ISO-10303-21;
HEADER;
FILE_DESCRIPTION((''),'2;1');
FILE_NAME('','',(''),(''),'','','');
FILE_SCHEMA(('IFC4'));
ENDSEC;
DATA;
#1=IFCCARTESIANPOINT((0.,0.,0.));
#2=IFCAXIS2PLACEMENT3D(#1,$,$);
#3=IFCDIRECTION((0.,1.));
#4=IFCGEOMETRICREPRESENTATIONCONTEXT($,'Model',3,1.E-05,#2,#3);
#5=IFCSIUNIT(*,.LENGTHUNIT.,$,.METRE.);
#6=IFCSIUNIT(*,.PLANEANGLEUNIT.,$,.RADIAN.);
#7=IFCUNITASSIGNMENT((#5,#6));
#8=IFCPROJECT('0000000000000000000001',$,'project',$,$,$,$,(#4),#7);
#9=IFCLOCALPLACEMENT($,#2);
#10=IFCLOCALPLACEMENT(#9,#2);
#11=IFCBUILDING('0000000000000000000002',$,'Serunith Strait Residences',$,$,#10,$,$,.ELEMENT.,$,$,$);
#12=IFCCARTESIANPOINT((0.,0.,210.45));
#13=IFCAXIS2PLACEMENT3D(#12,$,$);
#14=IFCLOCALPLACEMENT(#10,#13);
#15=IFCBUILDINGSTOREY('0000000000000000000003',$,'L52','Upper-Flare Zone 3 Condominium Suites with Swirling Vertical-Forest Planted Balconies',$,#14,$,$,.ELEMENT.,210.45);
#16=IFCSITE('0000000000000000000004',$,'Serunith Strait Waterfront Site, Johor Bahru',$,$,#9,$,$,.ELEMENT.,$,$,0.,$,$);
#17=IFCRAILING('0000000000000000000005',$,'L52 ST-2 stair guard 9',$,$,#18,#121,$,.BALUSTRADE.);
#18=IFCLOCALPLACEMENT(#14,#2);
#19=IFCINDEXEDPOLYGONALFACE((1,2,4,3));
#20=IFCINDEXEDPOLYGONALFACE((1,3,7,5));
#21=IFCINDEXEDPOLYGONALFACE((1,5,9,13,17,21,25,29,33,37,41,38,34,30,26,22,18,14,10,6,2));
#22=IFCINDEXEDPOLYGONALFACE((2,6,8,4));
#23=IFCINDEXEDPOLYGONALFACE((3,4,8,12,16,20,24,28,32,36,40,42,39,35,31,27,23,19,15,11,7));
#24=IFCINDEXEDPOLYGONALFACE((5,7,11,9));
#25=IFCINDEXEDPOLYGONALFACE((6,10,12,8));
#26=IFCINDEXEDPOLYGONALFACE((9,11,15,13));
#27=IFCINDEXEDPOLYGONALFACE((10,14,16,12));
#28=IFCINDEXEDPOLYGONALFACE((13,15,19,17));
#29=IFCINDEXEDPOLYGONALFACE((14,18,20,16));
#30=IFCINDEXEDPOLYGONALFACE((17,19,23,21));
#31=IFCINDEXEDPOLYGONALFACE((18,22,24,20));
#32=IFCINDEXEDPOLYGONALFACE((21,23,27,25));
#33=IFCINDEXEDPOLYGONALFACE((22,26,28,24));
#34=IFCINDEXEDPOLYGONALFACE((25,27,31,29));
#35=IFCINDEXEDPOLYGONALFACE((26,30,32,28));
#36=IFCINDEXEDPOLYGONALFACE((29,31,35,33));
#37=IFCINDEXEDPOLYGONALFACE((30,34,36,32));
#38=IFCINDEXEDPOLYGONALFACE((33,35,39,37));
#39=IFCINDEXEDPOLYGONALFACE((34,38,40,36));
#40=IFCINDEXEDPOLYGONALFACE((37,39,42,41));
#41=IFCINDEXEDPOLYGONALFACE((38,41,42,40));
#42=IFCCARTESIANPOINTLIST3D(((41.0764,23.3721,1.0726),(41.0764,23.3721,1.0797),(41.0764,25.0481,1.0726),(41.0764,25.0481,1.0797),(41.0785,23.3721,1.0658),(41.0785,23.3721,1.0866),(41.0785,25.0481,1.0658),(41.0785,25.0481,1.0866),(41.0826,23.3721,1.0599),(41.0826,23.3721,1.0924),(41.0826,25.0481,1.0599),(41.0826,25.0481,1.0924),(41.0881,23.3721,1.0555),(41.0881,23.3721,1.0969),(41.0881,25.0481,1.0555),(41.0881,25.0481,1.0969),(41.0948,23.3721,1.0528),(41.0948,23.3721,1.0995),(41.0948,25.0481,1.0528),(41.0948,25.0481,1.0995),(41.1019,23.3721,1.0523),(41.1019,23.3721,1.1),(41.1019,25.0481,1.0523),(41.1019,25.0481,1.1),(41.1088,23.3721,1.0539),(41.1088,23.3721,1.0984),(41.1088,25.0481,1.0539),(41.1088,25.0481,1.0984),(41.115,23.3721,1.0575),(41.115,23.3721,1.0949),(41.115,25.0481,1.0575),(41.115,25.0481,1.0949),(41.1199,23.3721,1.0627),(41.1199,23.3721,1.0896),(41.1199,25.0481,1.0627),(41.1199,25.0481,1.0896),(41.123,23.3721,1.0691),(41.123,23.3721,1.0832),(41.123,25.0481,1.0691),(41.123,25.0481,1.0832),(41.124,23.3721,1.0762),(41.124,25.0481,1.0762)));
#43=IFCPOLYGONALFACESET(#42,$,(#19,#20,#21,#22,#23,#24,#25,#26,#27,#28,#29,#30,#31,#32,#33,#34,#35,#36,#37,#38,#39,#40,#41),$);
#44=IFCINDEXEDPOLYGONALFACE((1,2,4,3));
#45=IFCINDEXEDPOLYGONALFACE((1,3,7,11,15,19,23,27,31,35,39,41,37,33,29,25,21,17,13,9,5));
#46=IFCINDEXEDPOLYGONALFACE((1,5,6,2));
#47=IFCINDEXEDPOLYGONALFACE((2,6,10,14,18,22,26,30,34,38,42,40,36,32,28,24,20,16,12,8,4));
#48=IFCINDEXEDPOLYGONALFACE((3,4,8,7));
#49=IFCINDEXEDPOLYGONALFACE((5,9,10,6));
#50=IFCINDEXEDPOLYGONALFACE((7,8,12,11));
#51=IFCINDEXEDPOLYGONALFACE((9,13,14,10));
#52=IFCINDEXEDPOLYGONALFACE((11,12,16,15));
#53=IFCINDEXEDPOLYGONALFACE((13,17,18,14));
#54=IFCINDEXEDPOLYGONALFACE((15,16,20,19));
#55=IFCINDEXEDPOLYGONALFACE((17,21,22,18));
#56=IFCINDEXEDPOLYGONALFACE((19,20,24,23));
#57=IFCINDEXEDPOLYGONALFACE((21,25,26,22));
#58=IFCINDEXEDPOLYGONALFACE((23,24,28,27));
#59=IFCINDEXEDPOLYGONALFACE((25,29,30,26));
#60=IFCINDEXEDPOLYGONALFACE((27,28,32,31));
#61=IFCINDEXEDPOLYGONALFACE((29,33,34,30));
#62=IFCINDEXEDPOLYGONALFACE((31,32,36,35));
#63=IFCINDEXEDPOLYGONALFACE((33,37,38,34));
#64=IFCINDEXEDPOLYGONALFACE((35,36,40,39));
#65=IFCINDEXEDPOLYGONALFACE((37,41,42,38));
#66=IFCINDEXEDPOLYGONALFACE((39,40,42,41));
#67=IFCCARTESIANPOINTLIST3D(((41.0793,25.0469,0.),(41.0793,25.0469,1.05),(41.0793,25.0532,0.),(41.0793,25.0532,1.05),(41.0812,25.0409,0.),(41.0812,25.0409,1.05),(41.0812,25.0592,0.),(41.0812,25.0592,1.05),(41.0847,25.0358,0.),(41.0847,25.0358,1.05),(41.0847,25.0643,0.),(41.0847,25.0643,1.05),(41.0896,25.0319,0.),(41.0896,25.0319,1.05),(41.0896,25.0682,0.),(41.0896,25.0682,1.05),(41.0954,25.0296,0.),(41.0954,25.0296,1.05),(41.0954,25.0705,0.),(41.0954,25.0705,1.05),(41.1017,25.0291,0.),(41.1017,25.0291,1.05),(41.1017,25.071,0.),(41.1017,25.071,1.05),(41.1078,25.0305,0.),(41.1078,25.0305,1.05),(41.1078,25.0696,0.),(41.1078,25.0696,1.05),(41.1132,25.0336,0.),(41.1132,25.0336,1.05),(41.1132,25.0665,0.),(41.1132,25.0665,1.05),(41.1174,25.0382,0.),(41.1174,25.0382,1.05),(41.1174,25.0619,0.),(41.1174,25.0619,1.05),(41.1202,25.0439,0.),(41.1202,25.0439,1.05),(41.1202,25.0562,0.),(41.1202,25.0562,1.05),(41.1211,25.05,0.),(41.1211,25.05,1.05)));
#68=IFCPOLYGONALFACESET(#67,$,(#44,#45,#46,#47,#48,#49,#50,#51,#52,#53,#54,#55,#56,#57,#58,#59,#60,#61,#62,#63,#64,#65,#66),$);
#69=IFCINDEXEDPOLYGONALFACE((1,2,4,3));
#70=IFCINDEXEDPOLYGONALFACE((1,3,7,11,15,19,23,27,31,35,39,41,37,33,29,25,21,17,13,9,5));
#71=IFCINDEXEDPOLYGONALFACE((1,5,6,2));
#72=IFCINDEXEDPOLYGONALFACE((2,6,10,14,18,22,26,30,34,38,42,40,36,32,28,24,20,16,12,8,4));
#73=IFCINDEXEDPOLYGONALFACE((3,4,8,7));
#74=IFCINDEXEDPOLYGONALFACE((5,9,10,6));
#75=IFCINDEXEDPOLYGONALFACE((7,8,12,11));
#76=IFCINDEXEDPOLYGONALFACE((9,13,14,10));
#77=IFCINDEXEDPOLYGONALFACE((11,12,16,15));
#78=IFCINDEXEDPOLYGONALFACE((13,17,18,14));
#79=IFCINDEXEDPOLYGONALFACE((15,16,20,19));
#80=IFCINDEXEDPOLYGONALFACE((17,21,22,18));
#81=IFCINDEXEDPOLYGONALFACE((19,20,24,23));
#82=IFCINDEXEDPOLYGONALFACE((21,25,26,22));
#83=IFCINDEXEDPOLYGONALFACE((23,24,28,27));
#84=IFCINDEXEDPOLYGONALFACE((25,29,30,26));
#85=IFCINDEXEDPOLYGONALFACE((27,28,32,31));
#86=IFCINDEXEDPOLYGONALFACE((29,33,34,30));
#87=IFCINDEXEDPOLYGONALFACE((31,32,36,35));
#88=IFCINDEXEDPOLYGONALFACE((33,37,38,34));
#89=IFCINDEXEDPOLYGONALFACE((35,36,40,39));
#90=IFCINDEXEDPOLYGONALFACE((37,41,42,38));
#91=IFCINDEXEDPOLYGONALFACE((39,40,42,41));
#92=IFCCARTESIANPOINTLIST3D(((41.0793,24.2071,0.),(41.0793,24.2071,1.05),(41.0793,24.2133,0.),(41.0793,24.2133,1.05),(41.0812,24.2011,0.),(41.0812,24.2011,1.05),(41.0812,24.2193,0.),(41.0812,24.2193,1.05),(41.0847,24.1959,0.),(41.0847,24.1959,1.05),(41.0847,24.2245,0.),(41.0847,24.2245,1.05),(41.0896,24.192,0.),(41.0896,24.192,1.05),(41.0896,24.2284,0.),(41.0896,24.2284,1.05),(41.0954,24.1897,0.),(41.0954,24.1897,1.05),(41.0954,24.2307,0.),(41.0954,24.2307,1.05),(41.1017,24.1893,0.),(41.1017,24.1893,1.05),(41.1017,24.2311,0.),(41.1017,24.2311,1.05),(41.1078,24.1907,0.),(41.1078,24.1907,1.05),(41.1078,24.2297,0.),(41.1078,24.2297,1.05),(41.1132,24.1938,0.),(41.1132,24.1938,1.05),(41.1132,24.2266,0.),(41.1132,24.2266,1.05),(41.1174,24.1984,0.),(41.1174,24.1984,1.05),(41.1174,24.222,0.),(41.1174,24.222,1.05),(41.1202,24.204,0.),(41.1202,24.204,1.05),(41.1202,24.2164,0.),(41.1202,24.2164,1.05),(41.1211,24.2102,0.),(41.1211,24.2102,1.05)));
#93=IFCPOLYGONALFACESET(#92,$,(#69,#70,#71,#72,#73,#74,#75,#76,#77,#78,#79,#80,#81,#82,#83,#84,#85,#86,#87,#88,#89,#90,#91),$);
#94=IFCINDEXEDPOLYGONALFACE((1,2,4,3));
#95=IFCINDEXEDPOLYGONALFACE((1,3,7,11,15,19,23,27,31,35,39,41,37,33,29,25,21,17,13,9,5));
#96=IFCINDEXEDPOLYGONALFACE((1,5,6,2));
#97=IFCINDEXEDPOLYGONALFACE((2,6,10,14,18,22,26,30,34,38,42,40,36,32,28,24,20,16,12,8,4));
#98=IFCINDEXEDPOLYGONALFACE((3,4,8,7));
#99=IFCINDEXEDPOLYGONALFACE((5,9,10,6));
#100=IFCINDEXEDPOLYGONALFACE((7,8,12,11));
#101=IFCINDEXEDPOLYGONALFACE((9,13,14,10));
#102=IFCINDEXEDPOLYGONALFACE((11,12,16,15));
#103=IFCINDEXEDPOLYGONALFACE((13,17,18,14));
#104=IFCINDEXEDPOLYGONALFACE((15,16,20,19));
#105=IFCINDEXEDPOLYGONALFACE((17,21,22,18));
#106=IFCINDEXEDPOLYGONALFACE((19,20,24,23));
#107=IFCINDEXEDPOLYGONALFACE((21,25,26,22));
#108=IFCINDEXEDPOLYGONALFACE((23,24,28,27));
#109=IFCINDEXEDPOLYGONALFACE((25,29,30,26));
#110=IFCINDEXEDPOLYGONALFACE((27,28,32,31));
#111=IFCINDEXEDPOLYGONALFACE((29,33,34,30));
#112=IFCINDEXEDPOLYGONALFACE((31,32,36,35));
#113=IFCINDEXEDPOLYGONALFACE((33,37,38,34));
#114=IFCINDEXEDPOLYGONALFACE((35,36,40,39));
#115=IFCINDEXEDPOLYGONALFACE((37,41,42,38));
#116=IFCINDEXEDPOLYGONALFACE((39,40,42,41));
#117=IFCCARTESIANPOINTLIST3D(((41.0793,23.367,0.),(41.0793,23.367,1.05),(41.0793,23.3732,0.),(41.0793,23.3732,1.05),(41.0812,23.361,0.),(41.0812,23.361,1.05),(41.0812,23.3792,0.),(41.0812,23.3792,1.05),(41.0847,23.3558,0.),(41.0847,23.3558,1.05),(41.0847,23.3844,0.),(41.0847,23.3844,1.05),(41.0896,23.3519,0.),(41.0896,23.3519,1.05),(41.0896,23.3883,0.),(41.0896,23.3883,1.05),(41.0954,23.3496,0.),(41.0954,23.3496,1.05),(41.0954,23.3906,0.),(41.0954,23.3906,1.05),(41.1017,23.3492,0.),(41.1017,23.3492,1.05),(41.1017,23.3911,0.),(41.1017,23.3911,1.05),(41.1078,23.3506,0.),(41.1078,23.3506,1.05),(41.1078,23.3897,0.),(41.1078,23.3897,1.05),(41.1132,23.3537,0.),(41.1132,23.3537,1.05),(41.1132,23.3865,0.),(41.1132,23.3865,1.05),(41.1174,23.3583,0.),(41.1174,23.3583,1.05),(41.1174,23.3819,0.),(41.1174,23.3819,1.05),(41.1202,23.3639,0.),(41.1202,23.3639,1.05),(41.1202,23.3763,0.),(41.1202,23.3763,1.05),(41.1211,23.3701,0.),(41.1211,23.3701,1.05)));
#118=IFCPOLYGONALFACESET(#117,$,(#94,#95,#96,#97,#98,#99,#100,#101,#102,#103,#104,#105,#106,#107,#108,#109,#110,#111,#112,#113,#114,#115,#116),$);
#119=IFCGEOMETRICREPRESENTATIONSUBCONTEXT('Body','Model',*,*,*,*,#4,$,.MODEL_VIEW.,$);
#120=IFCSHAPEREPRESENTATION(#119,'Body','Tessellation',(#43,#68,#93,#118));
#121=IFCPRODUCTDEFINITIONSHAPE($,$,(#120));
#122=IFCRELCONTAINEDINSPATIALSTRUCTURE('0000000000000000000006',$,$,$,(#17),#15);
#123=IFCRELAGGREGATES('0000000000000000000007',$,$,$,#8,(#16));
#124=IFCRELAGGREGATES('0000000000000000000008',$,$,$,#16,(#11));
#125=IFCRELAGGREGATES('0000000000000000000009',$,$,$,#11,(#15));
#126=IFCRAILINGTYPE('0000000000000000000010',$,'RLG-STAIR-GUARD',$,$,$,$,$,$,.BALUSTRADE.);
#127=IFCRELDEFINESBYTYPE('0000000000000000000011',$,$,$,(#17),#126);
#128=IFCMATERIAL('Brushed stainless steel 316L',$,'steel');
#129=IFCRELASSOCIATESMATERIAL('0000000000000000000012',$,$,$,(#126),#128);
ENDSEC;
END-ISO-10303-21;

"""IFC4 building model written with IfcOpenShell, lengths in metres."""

from ifc_helpers import new_model, si_unit, direction, frame, origin, origin_2d, place, context, subcontext, project, spatial, circle, extrude, material, type_object, element, save


model = new_model("IFC4")

# Units and contexts
model_context = context("Model", 3, precision=1e-05, world=origin(), true_north=direction((0.0, 1.0)))
body_context = subcontext(model_context, "Body", "Model", "MODEL_VIEW")
ifc_project = project(units=[si_unit("LENGTHUNIT", "METRE"), si_unit("PLANEANGLEUNIT", "RADIAN")], contexts=[model_context])

# Site, building, storey
site_placement = place(None, origin())
site = spatial("IfcSite", under=ifc_project, at=site_placement, Name="Serunith Strait Waterfront Site, Johor Bahru", CompositionType="ELEMENT", RefElevation=0.0)
building_placement = place(site_placement, origin())
building = spatial("IfcBuilding", under=site, at=building_placement, Name="Serunith Strait Residences", CompositionType="ELEMENT")
storey_placement = place(building_placement, frame((0.0, 0.0, 210.45)))
storey = spatial("IfcBuildingStorey", under=building, at=storey_placement, Name="L52", Description="Upper-Flare Zone 3 Condominium Suites with Swirling Vertical-Forest Planted Balconies", CompositionType="ELEMENT", Elevation=210.45)

# Railing
ifc_material_1 = material(Name="Brushed stainless steel 316L", Category="steel")
railing_type = type_object("IfcRailingType", Name="RLG-STAIR-GUARD", PredefinedType="BALUSTRADE", material=ifc_material_1)
for number, where, name in (
    (1, (41.1001, 25.05, 0.0), "L52 ST-2 stair guard 9"),
):
    element("IfcRailing", number, at=place(storey_placement, frame(where)), inside=storey, type_object=railing_type, Name=name, PredefinedType="BALUSTRADE", context=body_context, shape_type="SweptSolid", body=[
        extrude(circle(Radius=0.0239, at=origin_2d()), frame((0.0, -0.002, 1.0762), z_axis=(0.0, -1.0, 0.0), x_axis=(1.0, 0.0, 0.0)), (0.0, 0.0, 1.0), 1.676),
        extrude(circle(Radius=0.021, at=origin_2d()), origin(), (0.0, 0.0, 1.0), 1.05),
        extrude(circle(Radius=0.021, at=origin_2d()), frame((0.0, -0.8398, 0.0)), (0.0, 0.0, 1.0), 1.05),
        extrude(circle(Radius=0.021, at=origin_2d()), frame((0.0, -1.6799, 0.0)), (0.0, 0.0, 1.0), 1.05),
    ])

save(model, "model.ifc")
